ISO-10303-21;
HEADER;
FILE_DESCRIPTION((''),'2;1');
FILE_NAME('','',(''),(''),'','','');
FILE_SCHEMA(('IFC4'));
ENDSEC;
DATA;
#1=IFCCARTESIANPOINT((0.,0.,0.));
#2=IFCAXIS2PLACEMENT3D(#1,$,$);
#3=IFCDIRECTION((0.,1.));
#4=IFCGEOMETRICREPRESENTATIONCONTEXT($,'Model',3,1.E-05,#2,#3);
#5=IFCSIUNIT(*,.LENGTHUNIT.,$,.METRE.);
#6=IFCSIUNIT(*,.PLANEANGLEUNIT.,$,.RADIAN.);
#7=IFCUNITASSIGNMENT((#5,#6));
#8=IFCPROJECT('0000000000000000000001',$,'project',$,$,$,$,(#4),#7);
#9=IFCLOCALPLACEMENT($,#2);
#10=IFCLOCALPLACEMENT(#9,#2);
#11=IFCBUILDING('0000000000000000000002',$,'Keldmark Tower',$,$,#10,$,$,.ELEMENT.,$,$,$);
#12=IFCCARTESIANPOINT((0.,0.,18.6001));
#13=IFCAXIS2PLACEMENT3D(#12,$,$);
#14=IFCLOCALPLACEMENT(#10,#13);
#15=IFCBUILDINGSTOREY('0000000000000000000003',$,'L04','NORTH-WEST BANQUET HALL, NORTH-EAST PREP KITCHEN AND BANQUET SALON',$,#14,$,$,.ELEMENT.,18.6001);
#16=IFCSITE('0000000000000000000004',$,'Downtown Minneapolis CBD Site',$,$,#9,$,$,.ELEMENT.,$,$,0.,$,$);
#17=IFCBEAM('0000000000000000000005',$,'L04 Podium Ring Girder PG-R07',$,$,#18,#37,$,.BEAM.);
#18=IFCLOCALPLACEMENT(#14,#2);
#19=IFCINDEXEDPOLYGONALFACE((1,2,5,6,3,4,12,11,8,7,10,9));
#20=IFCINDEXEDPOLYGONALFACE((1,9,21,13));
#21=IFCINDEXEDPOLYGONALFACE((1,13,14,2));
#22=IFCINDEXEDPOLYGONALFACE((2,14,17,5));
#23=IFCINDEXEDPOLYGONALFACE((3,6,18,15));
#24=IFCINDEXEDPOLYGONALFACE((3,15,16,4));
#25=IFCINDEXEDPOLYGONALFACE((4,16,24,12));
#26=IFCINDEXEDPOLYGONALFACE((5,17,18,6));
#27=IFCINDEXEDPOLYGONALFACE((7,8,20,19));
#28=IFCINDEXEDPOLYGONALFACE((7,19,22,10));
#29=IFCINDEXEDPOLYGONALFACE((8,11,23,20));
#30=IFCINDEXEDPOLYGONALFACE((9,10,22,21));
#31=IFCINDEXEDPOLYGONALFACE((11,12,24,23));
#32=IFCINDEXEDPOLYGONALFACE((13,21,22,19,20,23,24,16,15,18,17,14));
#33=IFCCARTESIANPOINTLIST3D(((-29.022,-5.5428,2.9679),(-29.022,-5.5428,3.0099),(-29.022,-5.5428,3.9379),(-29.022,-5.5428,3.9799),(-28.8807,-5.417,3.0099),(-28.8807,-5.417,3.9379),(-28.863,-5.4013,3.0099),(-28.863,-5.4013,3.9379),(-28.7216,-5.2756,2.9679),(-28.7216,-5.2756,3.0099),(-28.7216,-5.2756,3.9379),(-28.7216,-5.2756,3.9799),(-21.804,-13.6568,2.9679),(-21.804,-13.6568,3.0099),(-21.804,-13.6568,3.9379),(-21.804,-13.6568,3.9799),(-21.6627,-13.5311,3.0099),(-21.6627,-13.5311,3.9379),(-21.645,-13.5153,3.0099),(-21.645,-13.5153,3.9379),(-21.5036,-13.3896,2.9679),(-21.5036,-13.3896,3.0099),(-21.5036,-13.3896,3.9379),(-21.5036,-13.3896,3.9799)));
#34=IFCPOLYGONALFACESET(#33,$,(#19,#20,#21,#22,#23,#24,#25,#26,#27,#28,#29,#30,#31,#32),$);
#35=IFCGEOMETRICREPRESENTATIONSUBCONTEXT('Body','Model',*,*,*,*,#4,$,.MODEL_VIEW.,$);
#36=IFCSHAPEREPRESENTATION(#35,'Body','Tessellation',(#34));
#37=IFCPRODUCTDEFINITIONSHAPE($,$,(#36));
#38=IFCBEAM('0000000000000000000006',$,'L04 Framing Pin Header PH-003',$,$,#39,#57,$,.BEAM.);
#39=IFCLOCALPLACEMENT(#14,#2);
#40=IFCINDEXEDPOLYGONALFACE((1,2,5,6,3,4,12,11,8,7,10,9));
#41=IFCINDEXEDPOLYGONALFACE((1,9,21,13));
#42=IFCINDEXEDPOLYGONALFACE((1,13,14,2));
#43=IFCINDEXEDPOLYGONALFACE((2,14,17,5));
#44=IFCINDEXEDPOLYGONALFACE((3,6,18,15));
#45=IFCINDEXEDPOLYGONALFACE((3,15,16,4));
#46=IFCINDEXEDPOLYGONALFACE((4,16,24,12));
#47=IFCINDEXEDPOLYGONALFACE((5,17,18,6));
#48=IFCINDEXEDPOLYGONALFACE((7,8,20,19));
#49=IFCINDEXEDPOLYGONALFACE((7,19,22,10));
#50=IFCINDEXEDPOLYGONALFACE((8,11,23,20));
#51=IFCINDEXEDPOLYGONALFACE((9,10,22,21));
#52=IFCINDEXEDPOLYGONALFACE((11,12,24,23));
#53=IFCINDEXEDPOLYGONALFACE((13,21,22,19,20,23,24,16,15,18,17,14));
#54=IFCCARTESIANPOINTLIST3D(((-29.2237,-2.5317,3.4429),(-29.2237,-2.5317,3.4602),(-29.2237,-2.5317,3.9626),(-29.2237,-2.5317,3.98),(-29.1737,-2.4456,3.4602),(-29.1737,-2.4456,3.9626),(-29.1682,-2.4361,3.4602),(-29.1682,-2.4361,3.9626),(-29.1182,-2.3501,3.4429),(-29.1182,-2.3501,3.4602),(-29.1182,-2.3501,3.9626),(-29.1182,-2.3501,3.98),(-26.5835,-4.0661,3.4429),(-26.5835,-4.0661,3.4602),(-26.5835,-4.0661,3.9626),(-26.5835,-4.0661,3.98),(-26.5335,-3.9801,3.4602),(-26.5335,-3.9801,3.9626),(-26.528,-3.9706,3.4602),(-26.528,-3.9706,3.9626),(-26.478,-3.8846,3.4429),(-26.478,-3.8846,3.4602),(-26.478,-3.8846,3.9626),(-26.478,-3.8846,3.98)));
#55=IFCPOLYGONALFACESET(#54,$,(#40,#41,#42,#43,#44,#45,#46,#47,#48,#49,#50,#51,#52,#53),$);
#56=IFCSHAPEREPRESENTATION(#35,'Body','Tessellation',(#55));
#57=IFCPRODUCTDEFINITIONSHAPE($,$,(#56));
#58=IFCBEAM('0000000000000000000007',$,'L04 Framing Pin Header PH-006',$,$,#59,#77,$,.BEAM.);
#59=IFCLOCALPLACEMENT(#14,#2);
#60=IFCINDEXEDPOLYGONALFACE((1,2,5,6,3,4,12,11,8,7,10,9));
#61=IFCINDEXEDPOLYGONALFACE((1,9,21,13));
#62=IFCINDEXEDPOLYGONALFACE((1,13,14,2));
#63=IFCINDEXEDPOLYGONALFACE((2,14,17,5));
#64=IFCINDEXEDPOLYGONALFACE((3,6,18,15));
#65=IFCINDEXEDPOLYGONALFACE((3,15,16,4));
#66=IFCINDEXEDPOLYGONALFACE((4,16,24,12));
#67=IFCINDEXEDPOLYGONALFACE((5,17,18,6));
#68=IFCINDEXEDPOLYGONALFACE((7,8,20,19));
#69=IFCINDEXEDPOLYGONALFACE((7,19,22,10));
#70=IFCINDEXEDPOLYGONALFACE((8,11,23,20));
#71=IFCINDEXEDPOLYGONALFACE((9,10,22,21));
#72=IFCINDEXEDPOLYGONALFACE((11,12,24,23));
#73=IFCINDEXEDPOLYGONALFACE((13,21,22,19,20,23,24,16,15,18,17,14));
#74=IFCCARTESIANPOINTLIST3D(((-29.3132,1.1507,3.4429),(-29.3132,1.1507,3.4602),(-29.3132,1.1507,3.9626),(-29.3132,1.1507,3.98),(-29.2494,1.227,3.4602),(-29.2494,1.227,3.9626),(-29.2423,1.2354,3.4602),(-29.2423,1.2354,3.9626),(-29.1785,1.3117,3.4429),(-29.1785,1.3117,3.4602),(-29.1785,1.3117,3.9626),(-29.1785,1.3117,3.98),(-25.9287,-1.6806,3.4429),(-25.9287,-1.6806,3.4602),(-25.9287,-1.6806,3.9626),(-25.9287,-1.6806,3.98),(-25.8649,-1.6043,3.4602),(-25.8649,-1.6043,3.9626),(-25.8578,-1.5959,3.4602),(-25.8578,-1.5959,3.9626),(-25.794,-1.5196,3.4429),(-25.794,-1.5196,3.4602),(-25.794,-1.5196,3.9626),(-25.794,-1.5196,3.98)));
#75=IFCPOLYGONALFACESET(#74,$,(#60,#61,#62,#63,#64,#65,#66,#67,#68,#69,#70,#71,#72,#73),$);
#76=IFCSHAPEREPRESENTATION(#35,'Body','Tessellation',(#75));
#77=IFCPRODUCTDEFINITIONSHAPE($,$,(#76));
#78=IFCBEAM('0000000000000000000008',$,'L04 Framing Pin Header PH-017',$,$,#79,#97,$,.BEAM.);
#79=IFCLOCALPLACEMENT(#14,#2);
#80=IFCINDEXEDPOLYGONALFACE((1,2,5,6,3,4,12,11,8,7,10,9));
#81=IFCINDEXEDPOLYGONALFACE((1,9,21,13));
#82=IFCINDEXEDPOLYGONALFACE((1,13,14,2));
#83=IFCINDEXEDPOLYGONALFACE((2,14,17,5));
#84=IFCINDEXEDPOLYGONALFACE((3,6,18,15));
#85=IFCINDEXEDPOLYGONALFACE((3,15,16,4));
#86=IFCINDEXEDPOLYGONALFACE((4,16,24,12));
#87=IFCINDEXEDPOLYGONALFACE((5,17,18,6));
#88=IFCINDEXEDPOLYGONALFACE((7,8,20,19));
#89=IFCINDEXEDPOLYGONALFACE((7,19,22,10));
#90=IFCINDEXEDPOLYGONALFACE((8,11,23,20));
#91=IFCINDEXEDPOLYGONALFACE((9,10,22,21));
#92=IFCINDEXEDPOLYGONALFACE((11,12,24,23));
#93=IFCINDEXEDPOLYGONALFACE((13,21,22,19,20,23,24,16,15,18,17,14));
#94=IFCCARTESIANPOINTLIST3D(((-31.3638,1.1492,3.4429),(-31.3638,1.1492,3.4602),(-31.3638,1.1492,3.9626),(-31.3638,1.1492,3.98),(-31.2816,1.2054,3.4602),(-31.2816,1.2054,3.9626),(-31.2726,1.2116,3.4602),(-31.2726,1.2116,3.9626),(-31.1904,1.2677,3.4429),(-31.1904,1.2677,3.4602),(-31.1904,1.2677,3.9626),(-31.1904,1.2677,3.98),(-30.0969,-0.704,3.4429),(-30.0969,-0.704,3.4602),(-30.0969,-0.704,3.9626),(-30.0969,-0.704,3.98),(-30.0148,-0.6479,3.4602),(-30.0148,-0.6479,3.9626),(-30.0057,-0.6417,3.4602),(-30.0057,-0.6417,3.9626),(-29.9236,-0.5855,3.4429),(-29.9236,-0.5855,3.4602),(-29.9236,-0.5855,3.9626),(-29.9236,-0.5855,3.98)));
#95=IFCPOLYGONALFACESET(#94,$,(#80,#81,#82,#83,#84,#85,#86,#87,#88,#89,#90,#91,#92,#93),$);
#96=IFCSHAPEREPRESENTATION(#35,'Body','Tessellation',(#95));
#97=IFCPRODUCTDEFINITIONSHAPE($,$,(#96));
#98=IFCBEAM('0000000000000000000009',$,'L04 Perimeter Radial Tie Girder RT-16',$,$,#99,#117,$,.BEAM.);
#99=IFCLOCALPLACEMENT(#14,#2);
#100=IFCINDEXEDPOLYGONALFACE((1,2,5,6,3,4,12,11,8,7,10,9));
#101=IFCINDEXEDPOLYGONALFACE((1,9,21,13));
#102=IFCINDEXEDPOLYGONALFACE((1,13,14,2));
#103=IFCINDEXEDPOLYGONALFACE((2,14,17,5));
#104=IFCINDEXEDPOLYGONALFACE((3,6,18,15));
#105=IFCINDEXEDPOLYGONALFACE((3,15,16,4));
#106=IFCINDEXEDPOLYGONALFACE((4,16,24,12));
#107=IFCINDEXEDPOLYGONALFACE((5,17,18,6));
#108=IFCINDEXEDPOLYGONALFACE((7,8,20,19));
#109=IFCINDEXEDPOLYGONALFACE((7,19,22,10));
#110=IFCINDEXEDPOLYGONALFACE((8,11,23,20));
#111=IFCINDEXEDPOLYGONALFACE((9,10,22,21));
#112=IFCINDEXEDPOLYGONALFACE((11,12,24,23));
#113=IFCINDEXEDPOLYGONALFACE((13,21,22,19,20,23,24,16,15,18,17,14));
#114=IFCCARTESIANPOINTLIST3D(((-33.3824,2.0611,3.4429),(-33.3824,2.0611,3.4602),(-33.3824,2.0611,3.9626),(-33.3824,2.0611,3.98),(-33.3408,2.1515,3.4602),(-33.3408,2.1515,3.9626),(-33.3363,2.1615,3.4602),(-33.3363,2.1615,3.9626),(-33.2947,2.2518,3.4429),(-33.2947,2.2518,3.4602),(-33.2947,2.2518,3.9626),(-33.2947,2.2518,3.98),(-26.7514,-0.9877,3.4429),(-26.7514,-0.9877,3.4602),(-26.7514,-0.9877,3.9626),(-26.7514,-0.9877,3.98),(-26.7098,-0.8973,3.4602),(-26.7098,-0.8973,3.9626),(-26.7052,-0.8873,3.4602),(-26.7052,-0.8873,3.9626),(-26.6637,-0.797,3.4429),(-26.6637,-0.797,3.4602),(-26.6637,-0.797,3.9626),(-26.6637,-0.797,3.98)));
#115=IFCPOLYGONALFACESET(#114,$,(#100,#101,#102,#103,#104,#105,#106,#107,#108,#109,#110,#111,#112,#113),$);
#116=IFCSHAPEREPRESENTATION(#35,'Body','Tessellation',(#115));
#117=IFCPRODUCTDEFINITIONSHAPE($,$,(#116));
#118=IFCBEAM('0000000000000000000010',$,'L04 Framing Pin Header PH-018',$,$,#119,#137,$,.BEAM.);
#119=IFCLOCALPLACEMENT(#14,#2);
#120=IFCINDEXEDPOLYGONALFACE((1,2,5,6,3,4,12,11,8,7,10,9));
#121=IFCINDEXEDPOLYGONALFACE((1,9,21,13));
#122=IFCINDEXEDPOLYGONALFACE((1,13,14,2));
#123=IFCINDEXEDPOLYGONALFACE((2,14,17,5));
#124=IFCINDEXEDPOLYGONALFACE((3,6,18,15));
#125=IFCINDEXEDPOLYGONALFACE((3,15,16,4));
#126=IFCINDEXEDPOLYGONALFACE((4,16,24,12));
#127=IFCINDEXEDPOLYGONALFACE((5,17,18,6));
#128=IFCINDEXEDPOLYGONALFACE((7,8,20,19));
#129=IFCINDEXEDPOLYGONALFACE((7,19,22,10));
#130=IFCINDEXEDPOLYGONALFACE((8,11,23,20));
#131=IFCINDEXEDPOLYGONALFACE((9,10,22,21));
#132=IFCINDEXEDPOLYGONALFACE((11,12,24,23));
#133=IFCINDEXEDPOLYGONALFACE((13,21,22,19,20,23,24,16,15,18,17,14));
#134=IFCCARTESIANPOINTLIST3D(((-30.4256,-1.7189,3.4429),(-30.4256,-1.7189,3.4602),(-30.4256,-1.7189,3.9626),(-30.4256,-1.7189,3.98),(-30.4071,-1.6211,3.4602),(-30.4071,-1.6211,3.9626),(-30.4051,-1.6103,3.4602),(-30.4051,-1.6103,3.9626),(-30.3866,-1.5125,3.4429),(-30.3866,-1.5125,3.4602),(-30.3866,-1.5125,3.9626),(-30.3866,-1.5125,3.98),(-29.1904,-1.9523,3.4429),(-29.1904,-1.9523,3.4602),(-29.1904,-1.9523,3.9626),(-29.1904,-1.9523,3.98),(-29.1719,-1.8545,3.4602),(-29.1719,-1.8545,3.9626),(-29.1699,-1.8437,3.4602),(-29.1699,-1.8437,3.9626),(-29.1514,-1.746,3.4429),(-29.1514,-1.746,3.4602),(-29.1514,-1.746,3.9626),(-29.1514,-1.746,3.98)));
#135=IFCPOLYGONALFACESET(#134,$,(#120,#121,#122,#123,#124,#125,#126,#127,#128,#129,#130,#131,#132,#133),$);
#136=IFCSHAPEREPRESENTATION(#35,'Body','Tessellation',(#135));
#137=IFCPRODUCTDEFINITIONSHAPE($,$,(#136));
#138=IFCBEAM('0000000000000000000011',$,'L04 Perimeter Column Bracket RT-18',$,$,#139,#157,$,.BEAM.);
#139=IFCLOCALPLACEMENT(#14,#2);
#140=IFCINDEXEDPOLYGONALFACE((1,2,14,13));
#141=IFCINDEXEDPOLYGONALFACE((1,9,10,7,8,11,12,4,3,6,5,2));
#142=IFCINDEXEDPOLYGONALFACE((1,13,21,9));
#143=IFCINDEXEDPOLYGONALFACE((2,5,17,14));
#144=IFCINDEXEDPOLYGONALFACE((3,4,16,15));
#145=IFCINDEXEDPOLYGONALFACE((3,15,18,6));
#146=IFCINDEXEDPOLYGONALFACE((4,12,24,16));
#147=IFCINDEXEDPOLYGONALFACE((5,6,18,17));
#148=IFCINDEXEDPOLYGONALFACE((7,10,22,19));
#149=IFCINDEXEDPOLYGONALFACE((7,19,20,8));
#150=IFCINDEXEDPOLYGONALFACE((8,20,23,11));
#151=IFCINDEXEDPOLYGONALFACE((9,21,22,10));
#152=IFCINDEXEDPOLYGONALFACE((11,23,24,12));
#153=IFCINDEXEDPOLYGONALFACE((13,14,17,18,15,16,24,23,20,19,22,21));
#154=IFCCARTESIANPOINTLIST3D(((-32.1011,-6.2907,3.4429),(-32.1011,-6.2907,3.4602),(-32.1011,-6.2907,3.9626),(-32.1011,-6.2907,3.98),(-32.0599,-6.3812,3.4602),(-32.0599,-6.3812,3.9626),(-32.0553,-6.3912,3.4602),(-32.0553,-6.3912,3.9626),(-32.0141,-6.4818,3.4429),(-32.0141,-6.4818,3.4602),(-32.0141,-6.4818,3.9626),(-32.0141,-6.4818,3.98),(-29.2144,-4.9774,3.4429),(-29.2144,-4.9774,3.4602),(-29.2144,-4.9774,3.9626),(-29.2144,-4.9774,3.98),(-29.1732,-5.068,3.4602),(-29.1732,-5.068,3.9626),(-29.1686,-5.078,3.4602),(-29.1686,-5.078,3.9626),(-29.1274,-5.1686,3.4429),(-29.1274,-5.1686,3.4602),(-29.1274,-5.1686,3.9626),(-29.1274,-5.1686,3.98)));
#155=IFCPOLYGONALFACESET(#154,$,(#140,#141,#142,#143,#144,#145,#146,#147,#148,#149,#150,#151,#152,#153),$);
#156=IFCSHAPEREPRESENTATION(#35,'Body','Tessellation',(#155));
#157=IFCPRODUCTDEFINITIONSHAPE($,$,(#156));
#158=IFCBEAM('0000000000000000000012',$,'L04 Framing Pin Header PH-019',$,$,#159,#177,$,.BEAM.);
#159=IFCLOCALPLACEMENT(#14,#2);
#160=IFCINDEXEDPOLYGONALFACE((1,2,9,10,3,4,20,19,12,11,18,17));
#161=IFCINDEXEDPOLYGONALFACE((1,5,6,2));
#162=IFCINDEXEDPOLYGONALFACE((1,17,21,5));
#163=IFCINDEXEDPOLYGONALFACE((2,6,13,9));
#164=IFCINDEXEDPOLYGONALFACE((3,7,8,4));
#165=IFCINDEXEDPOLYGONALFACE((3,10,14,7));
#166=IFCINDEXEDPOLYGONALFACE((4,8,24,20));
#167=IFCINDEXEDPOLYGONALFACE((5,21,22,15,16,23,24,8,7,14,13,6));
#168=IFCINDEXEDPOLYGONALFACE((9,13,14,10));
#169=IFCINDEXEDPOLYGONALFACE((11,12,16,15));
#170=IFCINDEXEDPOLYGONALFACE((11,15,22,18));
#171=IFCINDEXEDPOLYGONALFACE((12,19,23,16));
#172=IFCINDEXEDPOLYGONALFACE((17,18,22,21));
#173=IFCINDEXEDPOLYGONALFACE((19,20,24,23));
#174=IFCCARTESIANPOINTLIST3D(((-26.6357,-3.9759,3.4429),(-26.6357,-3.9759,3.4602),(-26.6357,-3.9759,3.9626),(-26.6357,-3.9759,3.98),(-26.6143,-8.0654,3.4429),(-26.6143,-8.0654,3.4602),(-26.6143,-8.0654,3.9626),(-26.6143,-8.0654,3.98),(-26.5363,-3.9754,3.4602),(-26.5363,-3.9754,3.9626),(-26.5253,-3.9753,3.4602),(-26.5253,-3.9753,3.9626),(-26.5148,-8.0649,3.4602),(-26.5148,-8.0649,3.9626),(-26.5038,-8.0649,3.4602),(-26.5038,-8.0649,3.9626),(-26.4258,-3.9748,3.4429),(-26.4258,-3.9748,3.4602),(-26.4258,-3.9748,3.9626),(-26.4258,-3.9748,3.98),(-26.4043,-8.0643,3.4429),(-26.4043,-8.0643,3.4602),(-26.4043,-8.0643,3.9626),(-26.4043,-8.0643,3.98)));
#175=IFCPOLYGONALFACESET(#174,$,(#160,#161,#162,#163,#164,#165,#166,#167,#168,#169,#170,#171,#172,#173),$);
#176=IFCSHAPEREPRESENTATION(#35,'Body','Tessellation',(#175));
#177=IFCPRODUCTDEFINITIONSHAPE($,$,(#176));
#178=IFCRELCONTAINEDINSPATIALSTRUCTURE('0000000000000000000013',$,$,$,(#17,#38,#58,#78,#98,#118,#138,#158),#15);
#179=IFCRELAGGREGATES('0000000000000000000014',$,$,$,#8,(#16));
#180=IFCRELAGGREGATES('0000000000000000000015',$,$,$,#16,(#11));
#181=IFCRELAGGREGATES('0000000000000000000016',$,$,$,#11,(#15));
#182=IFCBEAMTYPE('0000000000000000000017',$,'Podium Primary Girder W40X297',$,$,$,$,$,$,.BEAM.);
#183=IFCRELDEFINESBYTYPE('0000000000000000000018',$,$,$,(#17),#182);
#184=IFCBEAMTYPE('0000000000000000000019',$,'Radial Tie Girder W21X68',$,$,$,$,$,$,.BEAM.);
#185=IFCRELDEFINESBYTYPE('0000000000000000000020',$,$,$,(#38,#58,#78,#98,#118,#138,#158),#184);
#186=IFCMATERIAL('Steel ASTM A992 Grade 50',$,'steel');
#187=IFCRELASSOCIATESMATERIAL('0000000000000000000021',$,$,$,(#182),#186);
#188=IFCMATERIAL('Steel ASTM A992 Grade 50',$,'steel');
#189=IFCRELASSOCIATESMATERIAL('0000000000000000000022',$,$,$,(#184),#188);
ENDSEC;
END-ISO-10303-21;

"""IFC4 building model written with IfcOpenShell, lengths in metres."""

from ifc_helpers import new_model, si_unit, direction, frame, origin, origin_2d, place, context, subcontext, project, spatial, i_section, extrude, material, material_profile, profile_set, type_object, element, save


model = new_model("IFC4")

# Units and contexts
model_context = context("Model", 3, precision=1e-05, world=origin(), true_north=direction((0.0, 1.0)))
body_context = subcontext(model_context, "Body", "Model", "MODEL_VIEW")
ifc_project = project(units=[si_unit("LENGTHUNIT", "METRE"), si_unit("PLANEANGLEUNIT", "RADIAN")], contexts=[model_context])

# Site, building, storey
site_placement = place(None, origin())
site = spatial("IfcSite", under=ifc_project, at=site_placement, Name="Downtown Minneapolis CBD Site", CompositionType="ELEMENT", RefElevation=0.0)
building_placement = place(site_placement, origin())
building = spatial("IfcBuilding", under=site, at=building_placement, Name="Keldmark Tower", CompositionType="ELEMENT")
storey_placement = place(building_placement, frame((0.0, 0.0, 18.6001)))
storey = spatial("IfcBuildingStorey", under=building, at=storey_placement, Name="L04", Description="NORTH-WEST BANQUET HALL, NORTH-EAST PREP KITCHEN AND BANQUET SALON", CompositionType="ELEMENT", Elevation=18.6001)

# Beams
ifc_material_1 = material(Name="Steel ASTM A992 Grade 50", Category="steel")
ifc_material_profile_1 = material_profile(ifc_material_1, i_section(OverallWidth=0.4021, OverallDepth=1.012, WebThickness=0.0237, FlangeThickness=0.042, at=origin_2d()), Name="W40X297")
ifc_profile_set_1 = profile_set([ifc_material_profile_1], Name="Steel ASTM A992 Grade 50")
beam_type_1 = type_object("IfcBeamType", Name="Podium Primary Girder W40X297", PredefinedType="BEAM", material=ifc_profile_set_1)
beam_1_placement = place(storey_placement, frame((-28.8718, -5.4092, 3.4739), z_axis=(0.66465, -0.747155, 0.0), x_axis=(0.747155, 0.66465, 0.0)))
element("IfcBeam", 1, at=beam_1_placement, inside=storey, type_object=beam_type_1, Name="L04 Podium Ring Girder PG-R07", PredefinedType="BEAM", context=body_context, shape_type="SweptSolid", body=[
    extrude(i_section(OverallWidth=0.4021, OverallDepth=1.012, WebThickness=0.0237, FlangeThickness=0.042, at=origin_2d()), origin(), (0.0, 0.0, 1.0), 10.8599),
])
ifc_material_2 = material(Name="Steel ASTM A992 Grade 50", Category="steel")
ifc_material_profile_2 = material_profile(ifc_material_2, i_section(OverallWidth=0.21, OverallDepth=0.5371, WebThickness=0.011, FlangeThickness=0.0173, at=origin_2d()), Name="W21X68")
ifc_profile_set_2 = profile_set([ifc_material_profile_2], Name="Steel ASTM A992 Grade 50")
beam_type_2 = type_object("IfcBeamType", Name="Radial Tie Girder W21X68", PredefinedType="BEAM", material=ifc_profile_set_2)
beam_2_placement = place(storey_placement, frame((-26.5308, -3.9753, 3.7114), z_axis=(-0.864584, 0.502488, 0.0), x_axis=(-0.502488, -0.864584, 0.0)))
element("IfcBeam", 2, at=beam_2_placement, inside=storey, type_object=beam_type_2, Name="L04 Framing Pin Header PH-003", PredefinedType="BEAM", context=body_context, shape_type="SweptSolid", body=[
    extrude(i_section(OverallWidth=0.21, OverallDepth=0.5371, WebThickness=0.011, FlangeThickness=0.0173, at=origin_2d()), origin(), (0.0, 0.0, 1.0), 3.0537),
])
beam_3_placement = place(storey_placement, frame((-25.8613, -1.6001, 3.7114), z_axis=(-0.767009, 0.641636, 0.0), x_axis=(-0.641636, -0.767009, 0.0)))
element("IfcBeam", 3, at=beam_3_placement, inside=storey, type_object=beam_type_2, Name="L04 Framing Pin Header PH-006", PredefinedType="BEAM", context=body_context, shape_type="SweptSolid", body=[
    extrude(i_section(OverallWidth=0.21, OverallDepth=0.5371, WebThickness=0.011, FlangeThickness=0.0173, at=origin_2d()), origin(), (0.0, 0.0, 1.0), 4.4126),
])
beam_4_placement = place(storey_placement, frame((-30.0103, -0.6448, 3.7114), z_axis=(-0.564325, 0.825553, 0.0), x_axis=(-0.825553, -0.564325, 0.0)))
element("IfcBeam", 4, at=beam_4_placement, inside=storey, type_object=beam_type_2, Name="L04 Framing Pin Header PH-017", PredefinedType="BEAM", context=body_context, shape_type="SweptSolid", body=[
    extrude(i_section(OverallWidth=0.21, OverallDepth=0.5371, WebThickness=0.011, FlangeThickness=0.0173, at=origin_2d()), origin(), (0.0, 0.0, 1.0), 2.2449),
])
beam_5_placement = place(storey_placement, frame((-26.7075, -0.8923, 3.7114), z_axis=(-0.908567, 0.417738, 0.0), x_axis=(-0.417738, -0.908567, 0.0)))
element("IfcBeam", 5, at=beam_5_placement, inside=storey, type_object=beam_type_2, Name="L04 Perimeter Radial Tie Girder RT-16", PredefinedType="BEAM", context=body_context, shape_type="SweptSolid", body=[
    extrude(i_section(OverallWidth=0.21, OverallDepth=0.5371, WebThickness=0.011, FlangeThickness=0.0173, at=origin_2d()), origin(), (0.0, 0.0, 1.0), 7.2983),
])
beam_6_placement = place(storey_placement, frame((-29.1709, -1.8491, 3.7114), z_axis=(-0.98261, 0.185684, 0.0), x_axis=(-0.185684, -0.98261, 0.0)))
element("IfcBeam", 6, at=beam_6_placement, inside=storey, type_object=beam_type_2, Name="L04 Framing Pin Header PH-018", PredefinedType="BEAM", context=body_context, shape_type="SweptSolid", body=[
    extrude(i_section(OverallWidth=0.21, OverallDepth=0.5371, WebThickness=0.011, FlangeThickness=0.0173, at=origin_2d()), origin(), (0.0, 0.0, 1.0), 1.2571),
])
beam_7_placement = place(storey_placement, frame((-29.1709, -5.073, 3.7114), z_axis=(-0.910237, -0.414087, 0.0), x_axis=(0.414087, -0.910237, 0.0)))
element("IfcBeam", 7, at=beam_7_placement, inside=storey, type_object=beam_type_2, Name="L04 Perimeter Column Bracket RT-18", PredefinedType="BEAM", context=body_context, shape_type="SweptSolid", body=[
    extrude(i_section(OverallWidth=0.21, OverallDepth=0.5371, WebThickness=0.011, FlangeThickness=0.0173, at=origin_2d()), origin(), (0.0, 0.0, 1.0), 3.1714),
])
beam_8_placement = place(storey_placement, frame((-26.5308, -3.9753, 3.7114), z_axis=(0.005253, -0.999986, 0.0), x_axis=(0.999986, 0.005253, 0.0)))
element("IfcBeam", 8, at=beam_8_placement, inside=storey, type_object=beam_type_2, Name="L04 Framing Pin Header PH-019", PredefinedType="BEAM", context=body_context, shape_type="SweptSolid", body=[
    extrude(i_section(OverallWidth=0.21, OverallDepth=0.5371, WebThickness=0.011, FlangeThickness=0.0173, at=origin_2d()), origin(), (0.0, 0.0, 1.0), 4.0896),
])

save(model, "model.ifc")
